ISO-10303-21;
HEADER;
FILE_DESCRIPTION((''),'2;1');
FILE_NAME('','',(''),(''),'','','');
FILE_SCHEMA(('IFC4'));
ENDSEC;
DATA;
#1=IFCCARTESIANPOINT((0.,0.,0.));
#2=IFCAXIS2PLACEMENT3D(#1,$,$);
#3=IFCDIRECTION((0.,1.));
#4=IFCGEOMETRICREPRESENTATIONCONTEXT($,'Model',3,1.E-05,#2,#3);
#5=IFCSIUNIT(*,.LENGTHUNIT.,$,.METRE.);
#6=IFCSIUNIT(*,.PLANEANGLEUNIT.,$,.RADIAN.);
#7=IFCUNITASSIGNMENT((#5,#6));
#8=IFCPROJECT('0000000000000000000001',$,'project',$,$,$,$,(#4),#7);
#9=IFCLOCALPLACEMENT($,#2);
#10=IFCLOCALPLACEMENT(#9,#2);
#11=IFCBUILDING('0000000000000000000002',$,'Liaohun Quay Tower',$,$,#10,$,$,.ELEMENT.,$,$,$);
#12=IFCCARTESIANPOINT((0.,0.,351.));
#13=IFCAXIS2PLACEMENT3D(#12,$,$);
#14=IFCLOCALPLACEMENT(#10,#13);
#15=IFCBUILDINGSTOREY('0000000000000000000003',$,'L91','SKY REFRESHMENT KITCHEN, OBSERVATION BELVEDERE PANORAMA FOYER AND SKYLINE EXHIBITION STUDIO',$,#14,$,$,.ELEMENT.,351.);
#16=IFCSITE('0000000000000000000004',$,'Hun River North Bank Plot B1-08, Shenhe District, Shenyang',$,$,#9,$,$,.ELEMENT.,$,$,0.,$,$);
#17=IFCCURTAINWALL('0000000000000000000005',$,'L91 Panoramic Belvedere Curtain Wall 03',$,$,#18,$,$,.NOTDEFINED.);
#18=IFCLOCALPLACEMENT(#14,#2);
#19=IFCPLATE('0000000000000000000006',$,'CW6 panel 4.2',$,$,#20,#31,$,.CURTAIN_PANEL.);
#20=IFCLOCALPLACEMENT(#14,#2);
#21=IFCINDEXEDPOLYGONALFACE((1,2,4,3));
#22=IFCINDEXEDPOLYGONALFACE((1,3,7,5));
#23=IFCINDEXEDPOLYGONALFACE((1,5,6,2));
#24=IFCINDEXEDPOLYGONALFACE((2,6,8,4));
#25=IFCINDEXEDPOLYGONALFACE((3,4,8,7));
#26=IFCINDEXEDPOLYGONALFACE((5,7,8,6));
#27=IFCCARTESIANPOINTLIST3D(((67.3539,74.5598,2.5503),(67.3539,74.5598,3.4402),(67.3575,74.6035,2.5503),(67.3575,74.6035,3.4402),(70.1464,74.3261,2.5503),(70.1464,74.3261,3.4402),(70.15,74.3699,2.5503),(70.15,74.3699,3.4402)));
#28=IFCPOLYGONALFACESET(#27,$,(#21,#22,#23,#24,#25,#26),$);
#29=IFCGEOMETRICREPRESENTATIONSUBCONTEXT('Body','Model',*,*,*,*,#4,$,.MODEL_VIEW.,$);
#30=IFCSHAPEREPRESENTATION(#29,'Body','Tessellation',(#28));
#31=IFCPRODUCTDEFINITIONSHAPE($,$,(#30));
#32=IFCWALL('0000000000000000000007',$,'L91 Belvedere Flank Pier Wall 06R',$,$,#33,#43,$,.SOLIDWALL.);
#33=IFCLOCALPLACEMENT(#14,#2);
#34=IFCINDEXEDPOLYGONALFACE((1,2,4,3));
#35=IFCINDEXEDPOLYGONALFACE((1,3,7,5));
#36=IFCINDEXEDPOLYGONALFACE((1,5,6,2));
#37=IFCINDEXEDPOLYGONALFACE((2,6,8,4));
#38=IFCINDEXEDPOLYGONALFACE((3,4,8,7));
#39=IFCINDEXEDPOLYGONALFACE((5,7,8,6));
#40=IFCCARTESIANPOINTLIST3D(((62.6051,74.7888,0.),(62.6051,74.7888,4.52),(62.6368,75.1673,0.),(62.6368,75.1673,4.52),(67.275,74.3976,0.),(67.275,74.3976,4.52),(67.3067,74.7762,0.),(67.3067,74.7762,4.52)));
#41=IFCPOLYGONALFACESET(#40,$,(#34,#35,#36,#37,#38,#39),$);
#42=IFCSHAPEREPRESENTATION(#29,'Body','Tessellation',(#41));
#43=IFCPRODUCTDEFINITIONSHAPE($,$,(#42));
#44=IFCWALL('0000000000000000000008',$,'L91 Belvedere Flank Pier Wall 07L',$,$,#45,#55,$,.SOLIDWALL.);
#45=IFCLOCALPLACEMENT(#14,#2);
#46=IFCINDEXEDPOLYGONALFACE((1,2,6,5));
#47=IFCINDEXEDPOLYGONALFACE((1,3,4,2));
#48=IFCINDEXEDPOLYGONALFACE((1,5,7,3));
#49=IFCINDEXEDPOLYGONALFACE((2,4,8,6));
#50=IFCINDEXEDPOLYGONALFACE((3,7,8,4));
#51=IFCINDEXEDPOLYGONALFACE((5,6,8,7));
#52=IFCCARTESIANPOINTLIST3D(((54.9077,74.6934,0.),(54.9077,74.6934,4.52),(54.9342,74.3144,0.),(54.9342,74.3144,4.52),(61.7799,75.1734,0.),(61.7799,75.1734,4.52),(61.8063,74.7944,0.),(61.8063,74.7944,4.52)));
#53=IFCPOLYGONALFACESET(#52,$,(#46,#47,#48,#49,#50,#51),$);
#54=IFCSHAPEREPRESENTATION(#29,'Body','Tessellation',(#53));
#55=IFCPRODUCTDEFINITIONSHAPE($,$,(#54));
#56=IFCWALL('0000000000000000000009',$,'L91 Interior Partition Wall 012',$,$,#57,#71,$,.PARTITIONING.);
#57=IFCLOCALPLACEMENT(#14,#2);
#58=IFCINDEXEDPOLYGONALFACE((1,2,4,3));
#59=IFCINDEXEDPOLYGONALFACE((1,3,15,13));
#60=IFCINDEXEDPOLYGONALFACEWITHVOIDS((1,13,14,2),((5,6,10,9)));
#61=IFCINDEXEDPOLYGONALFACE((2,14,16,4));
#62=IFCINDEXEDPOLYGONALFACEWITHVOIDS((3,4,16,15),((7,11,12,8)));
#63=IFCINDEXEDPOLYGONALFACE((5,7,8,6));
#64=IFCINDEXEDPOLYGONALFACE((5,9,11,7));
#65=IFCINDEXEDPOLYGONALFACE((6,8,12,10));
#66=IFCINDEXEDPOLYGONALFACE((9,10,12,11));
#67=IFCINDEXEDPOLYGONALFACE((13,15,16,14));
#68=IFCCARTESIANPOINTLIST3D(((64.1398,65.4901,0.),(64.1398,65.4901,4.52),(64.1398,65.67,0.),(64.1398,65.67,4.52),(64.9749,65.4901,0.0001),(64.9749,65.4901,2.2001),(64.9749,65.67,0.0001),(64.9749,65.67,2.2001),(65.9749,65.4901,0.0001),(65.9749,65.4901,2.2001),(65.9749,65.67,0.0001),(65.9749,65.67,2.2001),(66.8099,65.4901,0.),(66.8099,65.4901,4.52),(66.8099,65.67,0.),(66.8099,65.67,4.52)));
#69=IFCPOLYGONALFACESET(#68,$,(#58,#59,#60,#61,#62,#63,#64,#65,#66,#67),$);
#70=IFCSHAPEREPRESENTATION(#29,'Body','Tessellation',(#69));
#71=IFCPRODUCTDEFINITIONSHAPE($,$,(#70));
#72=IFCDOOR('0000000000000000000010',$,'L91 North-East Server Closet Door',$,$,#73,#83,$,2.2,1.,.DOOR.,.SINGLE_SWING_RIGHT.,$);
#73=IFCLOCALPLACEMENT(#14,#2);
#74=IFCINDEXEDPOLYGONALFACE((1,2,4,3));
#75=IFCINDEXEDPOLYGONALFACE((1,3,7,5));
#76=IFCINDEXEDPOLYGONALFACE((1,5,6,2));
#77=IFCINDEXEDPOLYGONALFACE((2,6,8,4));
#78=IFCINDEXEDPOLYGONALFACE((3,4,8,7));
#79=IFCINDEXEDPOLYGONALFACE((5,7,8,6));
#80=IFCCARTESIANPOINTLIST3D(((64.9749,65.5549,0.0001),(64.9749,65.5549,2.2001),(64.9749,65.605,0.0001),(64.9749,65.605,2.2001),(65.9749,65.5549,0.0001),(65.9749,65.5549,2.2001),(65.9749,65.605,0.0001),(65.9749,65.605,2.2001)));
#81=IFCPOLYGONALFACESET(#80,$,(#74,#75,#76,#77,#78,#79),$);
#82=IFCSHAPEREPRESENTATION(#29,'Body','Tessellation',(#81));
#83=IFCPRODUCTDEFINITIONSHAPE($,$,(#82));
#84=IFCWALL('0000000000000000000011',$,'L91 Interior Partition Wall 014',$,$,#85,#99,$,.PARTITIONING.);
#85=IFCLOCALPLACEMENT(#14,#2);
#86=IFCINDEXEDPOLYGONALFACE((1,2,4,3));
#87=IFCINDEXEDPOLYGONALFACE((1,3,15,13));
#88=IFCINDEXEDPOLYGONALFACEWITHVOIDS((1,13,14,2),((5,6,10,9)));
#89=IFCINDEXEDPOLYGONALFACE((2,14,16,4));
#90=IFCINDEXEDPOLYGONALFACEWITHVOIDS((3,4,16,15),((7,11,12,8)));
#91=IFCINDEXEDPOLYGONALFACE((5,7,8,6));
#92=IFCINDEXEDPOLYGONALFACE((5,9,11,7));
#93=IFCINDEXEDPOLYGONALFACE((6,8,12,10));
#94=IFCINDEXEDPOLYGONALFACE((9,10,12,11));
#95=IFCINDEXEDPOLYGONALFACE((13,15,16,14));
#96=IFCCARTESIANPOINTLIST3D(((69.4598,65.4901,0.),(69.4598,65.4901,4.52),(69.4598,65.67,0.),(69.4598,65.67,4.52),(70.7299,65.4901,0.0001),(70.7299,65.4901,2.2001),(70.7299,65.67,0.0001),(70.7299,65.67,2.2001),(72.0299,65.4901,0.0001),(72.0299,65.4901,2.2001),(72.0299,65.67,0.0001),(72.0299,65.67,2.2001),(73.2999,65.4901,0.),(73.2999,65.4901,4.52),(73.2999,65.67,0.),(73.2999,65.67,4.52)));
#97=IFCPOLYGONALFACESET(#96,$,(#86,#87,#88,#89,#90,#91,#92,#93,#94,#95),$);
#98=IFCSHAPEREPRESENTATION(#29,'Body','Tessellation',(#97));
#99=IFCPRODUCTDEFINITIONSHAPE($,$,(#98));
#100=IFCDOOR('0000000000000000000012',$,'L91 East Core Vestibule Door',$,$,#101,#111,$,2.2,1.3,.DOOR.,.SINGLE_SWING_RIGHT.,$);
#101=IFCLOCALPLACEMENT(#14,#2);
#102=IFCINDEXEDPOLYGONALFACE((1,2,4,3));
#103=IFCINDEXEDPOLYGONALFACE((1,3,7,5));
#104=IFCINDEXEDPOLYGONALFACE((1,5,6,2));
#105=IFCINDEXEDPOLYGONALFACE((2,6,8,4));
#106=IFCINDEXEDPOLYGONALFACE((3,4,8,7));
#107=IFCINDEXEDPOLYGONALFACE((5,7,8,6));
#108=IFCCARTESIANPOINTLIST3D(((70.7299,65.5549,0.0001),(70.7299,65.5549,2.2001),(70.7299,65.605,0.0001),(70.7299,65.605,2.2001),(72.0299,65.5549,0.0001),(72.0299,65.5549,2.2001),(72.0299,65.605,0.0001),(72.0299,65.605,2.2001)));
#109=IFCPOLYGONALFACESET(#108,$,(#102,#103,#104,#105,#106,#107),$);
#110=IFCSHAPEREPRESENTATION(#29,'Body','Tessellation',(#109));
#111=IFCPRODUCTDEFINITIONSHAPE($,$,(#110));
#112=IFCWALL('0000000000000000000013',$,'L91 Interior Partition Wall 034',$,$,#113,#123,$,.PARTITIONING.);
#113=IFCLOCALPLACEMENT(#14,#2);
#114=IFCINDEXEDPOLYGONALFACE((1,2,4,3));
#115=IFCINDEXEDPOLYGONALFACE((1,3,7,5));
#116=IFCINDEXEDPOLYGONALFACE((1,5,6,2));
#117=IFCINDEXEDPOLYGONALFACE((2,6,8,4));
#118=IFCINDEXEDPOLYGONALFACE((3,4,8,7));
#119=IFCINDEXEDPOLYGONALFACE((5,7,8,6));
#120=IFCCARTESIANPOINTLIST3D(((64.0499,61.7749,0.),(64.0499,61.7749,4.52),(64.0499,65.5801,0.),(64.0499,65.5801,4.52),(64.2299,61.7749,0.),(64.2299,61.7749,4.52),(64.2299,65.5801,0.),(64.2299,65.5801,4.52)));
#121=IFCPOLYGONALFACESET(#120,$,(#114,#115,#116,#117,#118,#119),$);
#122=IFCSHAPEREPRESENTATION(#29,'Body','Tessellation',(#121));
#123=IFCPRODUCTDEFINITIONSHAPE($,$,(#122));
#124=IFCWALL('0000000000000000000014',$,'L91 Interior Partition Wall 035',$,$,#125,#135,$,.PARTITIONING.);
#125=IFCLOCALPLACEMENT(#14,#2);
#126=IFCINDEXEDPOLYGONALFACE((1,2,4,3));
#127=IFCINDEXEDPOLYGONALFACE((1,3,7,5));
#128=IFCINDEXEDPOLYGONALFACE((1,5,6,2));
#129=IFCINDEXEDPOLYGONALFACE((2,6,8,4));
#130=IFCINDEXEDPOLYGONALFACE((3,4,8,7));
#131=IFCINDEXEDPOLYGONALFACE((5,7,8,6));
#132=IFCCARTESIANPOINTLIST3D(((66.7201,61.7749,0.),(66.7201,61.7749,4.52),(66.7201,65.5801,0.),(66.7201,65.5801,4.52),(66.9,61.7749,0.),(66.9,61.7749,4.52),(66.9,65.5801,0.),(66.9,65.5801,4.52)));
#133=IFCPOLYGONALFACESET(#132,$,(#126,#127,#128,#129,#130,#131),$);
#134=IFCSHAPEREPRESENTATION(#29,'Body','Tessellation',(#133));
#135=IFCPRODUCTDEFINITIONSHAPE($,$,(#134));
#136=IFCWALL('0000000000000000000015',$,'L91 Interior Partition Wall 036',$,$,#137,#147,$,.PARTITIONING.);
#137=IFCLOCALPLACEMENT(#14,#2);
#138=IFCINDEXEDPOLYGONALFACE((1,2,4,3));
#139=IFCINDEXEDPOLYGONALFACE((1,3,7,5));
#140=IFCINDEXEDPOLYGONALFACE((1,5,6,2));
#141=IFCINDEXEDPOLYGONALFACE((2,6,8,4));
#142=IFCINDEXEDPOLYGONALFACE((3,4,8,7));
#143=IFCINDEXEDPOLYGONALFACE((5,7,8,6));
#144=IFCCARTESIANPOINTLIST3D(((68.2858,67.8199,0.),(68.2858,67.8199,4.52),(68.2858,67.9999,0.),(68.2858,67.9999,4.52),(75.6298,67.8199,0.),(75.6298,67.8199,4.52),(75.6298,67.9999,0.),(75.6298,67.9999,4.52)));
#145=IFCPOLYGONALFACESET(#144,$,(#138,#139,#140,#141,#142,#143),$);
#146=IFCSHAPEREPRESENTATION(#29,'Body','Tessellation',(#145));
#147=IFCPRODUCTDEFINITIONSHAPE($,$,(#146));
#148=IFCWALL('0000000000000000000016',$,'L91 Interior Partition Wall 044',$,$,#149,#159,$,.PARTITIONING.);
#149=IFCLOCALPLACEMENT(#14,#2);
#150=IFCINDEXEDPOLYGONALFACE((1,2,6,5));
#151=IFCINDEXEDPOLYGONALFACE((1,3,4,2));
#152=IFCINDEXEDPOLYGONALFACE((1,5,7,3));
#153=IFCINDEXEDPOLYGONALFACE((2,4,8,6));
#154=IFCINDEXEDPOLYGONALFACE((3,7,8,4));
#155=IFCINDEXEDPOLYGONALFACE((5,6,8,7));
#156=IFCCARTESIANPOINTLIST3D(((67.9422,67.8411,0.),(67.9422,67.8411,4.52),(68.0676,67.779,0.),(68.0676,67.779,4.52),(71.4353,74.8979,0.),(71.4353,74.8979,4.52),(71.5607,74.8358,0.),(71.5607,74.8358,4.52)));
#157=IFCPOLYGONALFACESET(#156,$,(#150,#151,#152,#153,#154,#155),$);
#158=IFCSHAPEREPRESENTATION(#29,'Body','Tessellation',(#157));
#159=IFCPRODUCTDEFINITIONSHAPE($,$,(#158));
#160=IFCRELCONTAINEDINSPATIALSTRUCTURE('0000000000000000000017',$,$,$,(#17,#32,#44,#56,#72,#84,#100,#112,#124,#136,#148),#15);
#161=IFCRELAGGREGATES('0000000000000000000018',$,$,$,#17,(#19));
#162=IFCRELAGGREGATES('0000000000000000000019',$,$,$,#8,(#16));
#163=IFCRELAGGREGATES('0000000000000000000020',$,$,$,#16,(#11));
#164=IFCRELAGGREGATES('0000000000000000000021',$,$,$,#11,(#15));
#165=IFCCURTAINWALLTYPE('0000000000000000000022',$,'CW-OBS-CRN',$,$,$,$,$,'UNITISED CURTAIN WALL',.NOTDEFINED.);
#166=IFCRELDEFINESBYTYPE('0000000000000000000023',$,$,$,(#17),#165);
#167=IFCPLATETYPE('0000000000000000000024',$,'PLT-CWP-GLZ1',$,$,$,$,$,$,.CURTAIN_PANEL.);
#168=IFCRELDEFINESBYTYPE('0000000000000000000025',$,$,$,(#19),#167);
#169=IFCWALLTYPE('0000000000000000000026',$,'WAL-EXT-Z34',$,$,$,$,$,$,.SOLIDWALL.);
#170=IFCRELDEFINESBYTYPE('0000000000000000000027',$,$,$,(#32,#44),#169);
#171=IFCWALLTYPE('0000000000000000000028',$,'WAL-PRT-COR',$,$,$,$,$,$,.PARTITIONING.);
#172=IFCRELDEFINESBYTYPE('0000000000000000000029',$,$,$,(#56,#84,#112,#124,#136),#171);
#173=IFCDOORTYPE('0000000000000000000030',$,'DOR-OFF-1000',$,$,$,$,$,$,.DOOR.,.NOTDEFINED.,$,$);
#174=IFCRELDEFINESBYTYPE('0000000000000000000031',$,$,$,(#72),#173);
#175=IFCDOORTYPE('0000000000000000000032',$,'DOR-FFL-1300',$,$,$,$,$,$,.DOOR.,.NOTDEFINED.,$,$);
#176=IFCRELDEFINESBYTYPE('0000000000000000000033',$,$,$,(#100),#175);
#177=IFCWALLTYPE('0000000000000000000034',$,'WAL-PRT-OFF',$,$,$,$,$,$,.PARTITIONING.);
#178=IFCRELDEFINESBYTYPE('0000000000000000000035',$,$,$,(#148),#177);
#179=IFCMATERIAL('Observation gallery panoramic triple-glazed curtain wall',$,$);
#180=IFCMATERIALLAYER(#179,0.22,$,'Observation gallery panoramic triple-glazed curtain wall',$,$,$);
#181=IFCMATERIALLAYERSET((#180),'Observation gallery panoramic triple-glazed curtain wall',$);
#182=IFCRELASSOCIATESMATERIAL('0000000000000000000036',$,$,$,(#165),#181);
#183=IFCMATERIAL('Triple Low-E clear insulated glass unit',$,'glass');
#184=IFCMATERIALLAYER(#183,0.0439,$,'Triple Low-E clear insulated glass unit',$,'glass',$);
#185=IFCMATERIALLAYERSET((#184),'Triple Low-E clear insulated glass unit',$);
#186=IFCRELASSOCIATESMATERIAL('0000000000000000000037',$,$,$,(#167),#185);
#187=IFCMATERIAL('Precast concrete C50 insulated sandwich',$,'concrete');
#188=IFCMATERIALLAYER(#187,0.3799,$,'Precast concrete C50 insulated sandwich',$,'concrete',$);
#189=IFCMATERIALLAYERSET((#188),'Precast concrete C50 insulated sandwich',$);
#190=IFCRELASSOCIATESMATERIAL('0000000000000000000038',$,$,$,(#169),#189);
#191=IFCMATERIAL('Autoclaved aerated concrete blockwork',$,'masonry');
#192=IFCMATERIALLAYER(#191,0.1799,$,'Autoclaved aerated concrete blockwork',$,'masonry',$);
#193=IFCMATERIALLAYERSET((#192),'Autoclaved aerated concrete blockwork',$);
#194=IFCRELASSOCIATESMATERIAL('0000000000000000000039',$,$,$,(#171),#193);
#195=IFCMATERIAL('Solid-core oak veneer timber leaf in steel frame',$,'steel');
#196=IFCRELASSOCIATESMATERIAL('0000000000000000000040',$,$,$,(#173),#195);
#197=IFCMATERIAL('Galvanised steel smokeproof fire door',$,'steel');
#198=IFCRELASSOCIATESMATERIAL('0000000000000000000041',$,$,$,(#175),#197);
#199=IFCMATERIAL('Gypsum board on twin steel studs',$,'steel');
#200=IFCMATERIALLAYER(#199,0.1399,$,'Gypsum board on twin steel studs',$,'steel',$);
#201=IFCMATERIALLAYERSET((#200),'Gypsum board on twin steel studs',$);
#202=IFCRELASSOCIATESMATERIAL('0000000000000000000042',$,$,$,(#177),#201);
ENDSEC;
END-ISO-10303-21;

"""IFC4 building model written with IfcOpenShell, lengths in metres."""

from ifc_helpers import new_model, si_unit, direction, frame, frame_2d, origin, origin_2d, place, context, subcontext, project, spatial, rectangle, extrude, source, transform, mapped, material, layer, layer_set, type_object, element, fill, aggregate, save


model = new_model("IFC4")

# Units and contexts
model_context = context("Model", 3, precision=1e-05, world=origin(), true_north=direction((0.0, 1.0)))
body_context = subcontext(model_context, "Body", "Model", "MODEL_VIEW")
ifc_project = project(units=[si_unit("LENGTHUNIT", "METRE"), si_unit("PLANEANGLEUNIT", "RADIAN")], contexts=[model_context])

# Site, building, storey
site_placement = place(None, origin())
site = spatial("IfcSite", under=ifc_project, at=site_placement, Name="Hun River North Bank Plot B1-08, Shenhe District, Shenyang", CompositionType="ELEMENT", RefElevation=0.0)
building_placement = place(site_placement, origin())
building = spatial("IfcBuilding", under=site, at=building_placement, Name="Liaohun Quay Tower", CompositionType="ELEMENT")
storey_placement = place(building_placement, frame((0.0, 0.0, 351.0)))
storey = spatial("IfcBuildingStorey", under=building, at=storey_placement, Name="L91", Description="SKY REFRESHMENT KITCHEN, OBSERVATION BELVEDERE PANORAMA FOYER AND SKYLINE EXHIBITION STUDIO", CompositionType="ELEMENT", Elevation=351.0)

# Curtain wall, plate
ifc_material_1 = material(Name="Observation gallery panoramic triple-glazed curtain wall")
ifc_layer_1 = layer(ifc_material_1, 0.22, Name="Observation gallery panoramic triple-glazed curtain wall")
ifc_layer_set_1 = layer_set([ifc_layer_1], Name="Observation gallery panoramic triple-glazed curtain wall")
curtain_wall_type = type_object("IfcCurtainWallType", Name="CW-OBS-CRN", ElementType="UNITISED CURTAIN WALL", PredefinedType="NOTDEFINED", material=ifc_layer_set_1)
curtain_wall_placement = place(storey_placement, origin())
curtain_wall = element("IfcCurtainWall", 1, at=curtain_wall_placement, inside=storey, type_object=curtain_wall_type, Name="L91 Panoramic Belvedere Curtain Wall 03", PredefinedType="NOTDEFINED")
ifc_material_2 = material(Name="Triple Low-E clear insulated glass unit", Category="glass")
ifc_layer_2 = layer(ifc_material_2, 0.0439, Name="Triple Low-E clear insulated glass unit", Category="glass")
ifc_layer_set_2 = layer_set([ifc_layer_2], Name="Triple Low-E clear insulated glass unit")
plate_type = type_object("IfcPlateType", Name="PLT-CWP-GLZ1", PredefinedType="CURTAIN_PANEL", material=ifc_layer_set_2)
shared_shape_1 = source(origin(), body_context, "Body", "SweptSolid", [
    extrude(rectangle(XDim=2.8022, YDim=0.0439, at=origin_2d()), origin(), (0.0, 0.0, 1.0), 0.8899),
])
plate_1_placement = place(storey_placement, frame((68.752, 74.4648, 2.5503), z_axis=(0.0, 0.0, 1.0), x_axis=(-0.996519, 0.083367, 0.0)))
plate_1 = element("IfcPlate", 2, at=plate_1_placement, type_object=plate_type, Name="CW6 panel 4.2", PredefinedType="CURTAIN_PANEL", context=body_context, shape_type="MappedRepresentation", body=[
    mapped(shared_shape_1, transform((0.0, 0.0, 0.0), x_axis=(1.0, 0.0, 0.0), y_axis=(0.0, 1.0, 0.0), z_axis=(0.0, 0.0, 1.0), scale=1.0)),
])
aggregate(curtain_wall, [plate_1])

# Walls
ifc_material_3 = material(Name="Precast concrete C50 insulated sandwich", Category="concrete")
ifc_layer_3 = layer(ifc_material_3, 0.3799, Name="Precast concrete C50 insulated sandwich", Category="concrete")
ifc_layer_set_3 = layer_set([ifc_layer_3], Name="Precast concrete C50 insulated sandwich")
wall_type_1 = type_object("IfcWallType", Name="WAL-EXT-Z34", PredefinedType="SOLIDWALL", material=ifc_layer_set_3)
wall_1_placement = place(storey_placement, frame((67.291, 74.5869, 0.0), z_axis=(0.0, 0.0, 1.0), x_axis=(-0.996511, 0.083459, 0.0)))
element("IfcWall", 3, at=wall_1_placement, inside=storey, type_object=wall_type_1, Name="L91 Belvedere Flank Pier Wall 06R", PredefinedType="SOLIDWALL", context=body_context, shape_type="SweptSolid", body=[
    extrude(rectangle(XDim=4.6863, YDim=0.3799, at=frame_2d((2.3433, 0.0))), origin(), (0.0, 0.0, 1.0), 4.52),
])
wall_2_placement = place(storey_placement, frame((61.793, 74.9839, 0.0), z_axis=(0.0, 0.0, 1.0), x_axis=(-0.99757, -0.069675, 0.0)))
element("IfcWall", 4, at=wall_2_placement, inside=storey, type_object=wall_type_1, Name="L91 Belvedere Flank Pier Wall 07L", PredefinedType="SOLIDWALL", context=body_context, shape_type="SweptSolid", body=[
    extrude(rectangle(XDim=6.8889, YDim=0.3799, at=frame_2d((3.4443, 0.0))), origin(), (0.0, 0.0, 1.0), 4.52),
])

# Walls, openings, doors
ifc_material_4 = material(Name="Autoclaved aerated concrete blockwork", Category="masonry")
ifc_layer_4 = layer(ifc_material_4, 0.1799, Name="Autoclaved aerated concrete blockwork", Category="masonry")
ifc_layer_set_4 = layer_set([ifc_layer_4], Name="Autoclaved aerated concrete blockwork")
wall_type_2 = type_object("IfcWallType", Name="WAL-PRT-COR", PredefinedType="PARTITIONING", material=ifc_layer_set_4)
wall_3_placement = place(storey_placement, frame((64.1399, 65.5801, 0.0), z_axis=(0.0, 0.0, 1.0), x_axis=(1.0, 0.0, 0.0)))
wall_3 = element("IfcWall", 5, at=wall_3_placement, inside=storey, type_object=wall_type_2, Name="L91 Interior Partition Wall 012", PredefinedType="PARTITIONING", context=body_context, shape_type="SweptSolid", body=[
    extrude(rectangle(XDim=2.6702, YDim=0.1799, at=frame_2d((1.335, 0.0))), origin(), (0.0, 0.0, 1.0), 4.52),
])
shared_shape_2 = source(origin(), body_context, "Body", "SweptSolid", [
    extrude(rectangle(XDim=1.0, YDim=2.2, at=frame_2d((0.5, 1.1001))), frame((0.0, 0.0999, 0.0), z_axis=(0.0, -1.0, 0.0), x_axis=(1.0, 0.0, 0.0)), (0.0, 0.0, 1.0), 0.2),
])
opening_1_placement = place(wall_3_placement, frame((0.835, 0.0, 0.0)))
opening_1 = element("IfcOpeningElement", 6, at=opening_1_placement, cuts=wall_3, PredefinedType="OPENING", context=body_context, shape_type="MappedRepresentation", body=[
    mapped(shared_shape_2, transform((0.0, 0.0, 0.0), x_axis=(1.0, 0.0, 0.0), y_axis=(0.0, 1.0, 0.0), z_axis=(0.0, 0.0, 1.0), scale=1.0)),
])
ifc_material_5 = material(Name="Solid-core oak veneer timber leaf in steel frame", Category="steel")
door_type_1 = type_object("IfcDoorType", Name="DOR-OFF-1000", OperationType="NOTDEFINED", PredefinedType="DOOR", material=ifc_material_5)
shared_shape_3 = source(origin(), body_context, "Body", "SweptSolid", [
    extrude(rectangle(XDim=1.0, YDim=2.2, at=frame_2d((0.5, 1.1001))), frame((0.0, 0.0249, 0.0), z_axis=(0.0, -1.0, 0.0), x_axis=(1.0, 0.0, 0.0)), (0.0, 0.0, 1.0), 0.05),
])
door_1_placement = place(opening_1_placement, origin())
door_1 = element("IfcDoor", 7, at=door_1_placement, inside=storey, type_object=door_type_1, Name="L91 North-East Server Closet Door", OperationType="SINGLE_SWING_RIGHT", OverallHeight=2.2, OverallWidth=1.0, PredefinedType="DOOR", context=body_context, shape_type="MappedRepresentation", body=[
    mapped(shared_shape_3, transform((0.0, 0.0, 0.0), x_axis=(1.0, 0.0, 0.0), y_axis=(0.0, 1.0, 0.0), z_axis=(0.0, 0.0, 1.0), scale=1.0)),
])
fill(opening_1, door_1)
wall_4_placement = place(storey_placement, frame((69.46, 65.5801, 0.0), z_axis=(0.0, 0.0, 1.0), x_axis=(1.0, 0.0, 0.0)))
wall_4 = element("IfcWall", 8, at=wall_4_placement, inside=storey, type_object=wall_type_2, Name="L91 Interior Partition Wall 014", PredefinedType="PARTITIONING", context=body_context, shape_type="SweptSolid", body=[
    extrude(rectangle(XDim=3.8401, YDim=0.1799, at=frame_2d((1.9199, 0.0))), origin(), (0.0, 0.0, 1.0), 4.52),
])
shared_shape_4 = source(origin(), body_context, "Body", "SweptSolid", [
    extrude(rectangle(XDim=1.3, YDim=2.2, at=frame_2d((0.6499, 1.1001))), frame((0.0, 0.0999, 0.0), z_axis=(0.0, -1.0, 0.0), x_axis=(1.0, 0.0, 0.0)), (0.0, 0.0, 1.0), 0.2),
])
opening_2_placement = place(wall_4_placement, frame((1.27, 0.0, 0.0)))
opening_2 = element("IfcOpeningElement", 9, at=opening_2_placement, cuts=wall_4, PredefinedType="OPENING", context=body_context, shape_type="MappedRepresentation", body=[
    mapped(shared_shape_4, transform((0.0, 0.0, 0.0), x_axis=(1.0, 0.0, 0.0), y_axis=(0.0, 1.0, 0.0), z_axis=(0.0, 0.0, 1.0), scale=1.0)),
])
ifc_material_6 = material(Name="Galvanised steel smokeproof fire door", Category="steel")
door_type_2 = type_object("IfcDoorType", Name="DOR-FFL-1300", OperationType="NOTDEFINED", PredefinedType="DOOR", material=ifc_material_6)
shared_shape_5 = source(origin(), body_context, "Body", "SweptSolid", [
    extrude(rectangle(XDim=1.3, YDim=2.2, at=frame_2d((0.6499, 1.1001))), frame((0.0, 0.0249, 0.0), z_axis=(0.0, -1.0, 0.0), x_axis=(1.0, 0.0, 0.0)), (0.0, 0.0, 1.0), 0.05),
])
door_2_placement = place(opening_2_placement, origin())
door_2 = element("IfcDoor", 10, at=door_2_placement, inside=storey, type_object=door_type_2, Name="L91 East Core Vestibule Door", OperationType="SINGLE_SWING_RIGHT", OverallHeight=2.2, OverallWidth=1.3, PredefinedType="DOOR", context=body_context, shape_type="MappedRepresentation", body=[
    mapped(shared_shape_5, transform((0.0, 0.0, 0.0), x_axis=(1.0, 0.0, 0.0), y_axis=(0.0, 1.0, 0.0), z_axis=(0.0, 0.0, 1.0), scale=1.0)),
])
fill(opening_2, door_2)

# Walls
for number, where, z_axis, x_axis, name in (
    (11, (64.1399, 61.7749, 0.0), (0.0, 0.0, 1.0), (0.0, 1.0, 0.0), "L91 Interior Partition Wall 034"),
    (12, (66.8101, 61.7749, 0.0), (0.0, 0.0, 1.0), (0.0, 1.0, 0.0), "L91 Interior Partition Wall 035"),
):
    element("IfcWall", number, at=place(storey_placement, frame(where, z_axis=z_axis, x_axis=x_axis)), inside=storey, type_object=wall_type_2, Name=name, PredefinedType="PARTITIONING", context=body_context, shape_type="SweptSolid", body=[
        extrude(rectangle(XDim=3.8052, YDim=0.1799, at=frame_2d((1.9026, 0.0))), origin(), (0.0, 0.0, 1.0), 4.52),
    ])
wall_5_placement = place(storey_placement, frame((68.2859, 67.9099, 0.0), z_axis=(0.0, 0.0, 1.0), x_axis=(1.0, 0.0, 0.0)))
element("IfcWall", 13, at=wall_5_placement, inside=storey, type_object=wall_type_2, Name="L91 Interior Partition Wall 036", PredefinedType="PARTITIONING", context=body_context, shape_type="SweptSolid", body=[
    extrude(rectangle(XDim=7.344, YDim=0.1799, at=frame_2d((3.6719, 0.0))), origin(), (0.0, 0.0, 1.0), 4.52),
])
ifc_material_7 = material(Name="Gypsum board on twin steel studs", Category="steel")
ifc_layer_5 = layer(ifc_material_7, 0.1399, Name="Gypsum board on twin steel studs", Category="steel")
ifc_layer_set_5 = layer_set([ifc_layer_5], Name="Gypsum board on twin steel studs")
wall_type_3 = type_object("IfcWallType", Name="WAL-PRT-OFF", PredefinedType="PARTITIONING", material=ifc_layer_set_5)
wall_6_placement = place(storey_placement, frame((68.0049, 67.8101, 0.0), z_axis=(0.0, 0.0, 1.0), x_axis=(0.443626, 0.896212, 0.0)))
element("IfcWall", 14, at=wall_6_placement, inside=storey, type_object=wall_type_3, Name="L91 Interior Partition Wall 044", PredefinedType="PARTITIONING", context=body_context, shape_type="SweptSolid", body=[
    extrude(rectangle(XDim=7.874, YDim=0.1399, at=frame_2d((3.937, 0.0))), origin(), (0.0, 0.0, 1.0), 4.52),
])

save(model, "model.ifc")
